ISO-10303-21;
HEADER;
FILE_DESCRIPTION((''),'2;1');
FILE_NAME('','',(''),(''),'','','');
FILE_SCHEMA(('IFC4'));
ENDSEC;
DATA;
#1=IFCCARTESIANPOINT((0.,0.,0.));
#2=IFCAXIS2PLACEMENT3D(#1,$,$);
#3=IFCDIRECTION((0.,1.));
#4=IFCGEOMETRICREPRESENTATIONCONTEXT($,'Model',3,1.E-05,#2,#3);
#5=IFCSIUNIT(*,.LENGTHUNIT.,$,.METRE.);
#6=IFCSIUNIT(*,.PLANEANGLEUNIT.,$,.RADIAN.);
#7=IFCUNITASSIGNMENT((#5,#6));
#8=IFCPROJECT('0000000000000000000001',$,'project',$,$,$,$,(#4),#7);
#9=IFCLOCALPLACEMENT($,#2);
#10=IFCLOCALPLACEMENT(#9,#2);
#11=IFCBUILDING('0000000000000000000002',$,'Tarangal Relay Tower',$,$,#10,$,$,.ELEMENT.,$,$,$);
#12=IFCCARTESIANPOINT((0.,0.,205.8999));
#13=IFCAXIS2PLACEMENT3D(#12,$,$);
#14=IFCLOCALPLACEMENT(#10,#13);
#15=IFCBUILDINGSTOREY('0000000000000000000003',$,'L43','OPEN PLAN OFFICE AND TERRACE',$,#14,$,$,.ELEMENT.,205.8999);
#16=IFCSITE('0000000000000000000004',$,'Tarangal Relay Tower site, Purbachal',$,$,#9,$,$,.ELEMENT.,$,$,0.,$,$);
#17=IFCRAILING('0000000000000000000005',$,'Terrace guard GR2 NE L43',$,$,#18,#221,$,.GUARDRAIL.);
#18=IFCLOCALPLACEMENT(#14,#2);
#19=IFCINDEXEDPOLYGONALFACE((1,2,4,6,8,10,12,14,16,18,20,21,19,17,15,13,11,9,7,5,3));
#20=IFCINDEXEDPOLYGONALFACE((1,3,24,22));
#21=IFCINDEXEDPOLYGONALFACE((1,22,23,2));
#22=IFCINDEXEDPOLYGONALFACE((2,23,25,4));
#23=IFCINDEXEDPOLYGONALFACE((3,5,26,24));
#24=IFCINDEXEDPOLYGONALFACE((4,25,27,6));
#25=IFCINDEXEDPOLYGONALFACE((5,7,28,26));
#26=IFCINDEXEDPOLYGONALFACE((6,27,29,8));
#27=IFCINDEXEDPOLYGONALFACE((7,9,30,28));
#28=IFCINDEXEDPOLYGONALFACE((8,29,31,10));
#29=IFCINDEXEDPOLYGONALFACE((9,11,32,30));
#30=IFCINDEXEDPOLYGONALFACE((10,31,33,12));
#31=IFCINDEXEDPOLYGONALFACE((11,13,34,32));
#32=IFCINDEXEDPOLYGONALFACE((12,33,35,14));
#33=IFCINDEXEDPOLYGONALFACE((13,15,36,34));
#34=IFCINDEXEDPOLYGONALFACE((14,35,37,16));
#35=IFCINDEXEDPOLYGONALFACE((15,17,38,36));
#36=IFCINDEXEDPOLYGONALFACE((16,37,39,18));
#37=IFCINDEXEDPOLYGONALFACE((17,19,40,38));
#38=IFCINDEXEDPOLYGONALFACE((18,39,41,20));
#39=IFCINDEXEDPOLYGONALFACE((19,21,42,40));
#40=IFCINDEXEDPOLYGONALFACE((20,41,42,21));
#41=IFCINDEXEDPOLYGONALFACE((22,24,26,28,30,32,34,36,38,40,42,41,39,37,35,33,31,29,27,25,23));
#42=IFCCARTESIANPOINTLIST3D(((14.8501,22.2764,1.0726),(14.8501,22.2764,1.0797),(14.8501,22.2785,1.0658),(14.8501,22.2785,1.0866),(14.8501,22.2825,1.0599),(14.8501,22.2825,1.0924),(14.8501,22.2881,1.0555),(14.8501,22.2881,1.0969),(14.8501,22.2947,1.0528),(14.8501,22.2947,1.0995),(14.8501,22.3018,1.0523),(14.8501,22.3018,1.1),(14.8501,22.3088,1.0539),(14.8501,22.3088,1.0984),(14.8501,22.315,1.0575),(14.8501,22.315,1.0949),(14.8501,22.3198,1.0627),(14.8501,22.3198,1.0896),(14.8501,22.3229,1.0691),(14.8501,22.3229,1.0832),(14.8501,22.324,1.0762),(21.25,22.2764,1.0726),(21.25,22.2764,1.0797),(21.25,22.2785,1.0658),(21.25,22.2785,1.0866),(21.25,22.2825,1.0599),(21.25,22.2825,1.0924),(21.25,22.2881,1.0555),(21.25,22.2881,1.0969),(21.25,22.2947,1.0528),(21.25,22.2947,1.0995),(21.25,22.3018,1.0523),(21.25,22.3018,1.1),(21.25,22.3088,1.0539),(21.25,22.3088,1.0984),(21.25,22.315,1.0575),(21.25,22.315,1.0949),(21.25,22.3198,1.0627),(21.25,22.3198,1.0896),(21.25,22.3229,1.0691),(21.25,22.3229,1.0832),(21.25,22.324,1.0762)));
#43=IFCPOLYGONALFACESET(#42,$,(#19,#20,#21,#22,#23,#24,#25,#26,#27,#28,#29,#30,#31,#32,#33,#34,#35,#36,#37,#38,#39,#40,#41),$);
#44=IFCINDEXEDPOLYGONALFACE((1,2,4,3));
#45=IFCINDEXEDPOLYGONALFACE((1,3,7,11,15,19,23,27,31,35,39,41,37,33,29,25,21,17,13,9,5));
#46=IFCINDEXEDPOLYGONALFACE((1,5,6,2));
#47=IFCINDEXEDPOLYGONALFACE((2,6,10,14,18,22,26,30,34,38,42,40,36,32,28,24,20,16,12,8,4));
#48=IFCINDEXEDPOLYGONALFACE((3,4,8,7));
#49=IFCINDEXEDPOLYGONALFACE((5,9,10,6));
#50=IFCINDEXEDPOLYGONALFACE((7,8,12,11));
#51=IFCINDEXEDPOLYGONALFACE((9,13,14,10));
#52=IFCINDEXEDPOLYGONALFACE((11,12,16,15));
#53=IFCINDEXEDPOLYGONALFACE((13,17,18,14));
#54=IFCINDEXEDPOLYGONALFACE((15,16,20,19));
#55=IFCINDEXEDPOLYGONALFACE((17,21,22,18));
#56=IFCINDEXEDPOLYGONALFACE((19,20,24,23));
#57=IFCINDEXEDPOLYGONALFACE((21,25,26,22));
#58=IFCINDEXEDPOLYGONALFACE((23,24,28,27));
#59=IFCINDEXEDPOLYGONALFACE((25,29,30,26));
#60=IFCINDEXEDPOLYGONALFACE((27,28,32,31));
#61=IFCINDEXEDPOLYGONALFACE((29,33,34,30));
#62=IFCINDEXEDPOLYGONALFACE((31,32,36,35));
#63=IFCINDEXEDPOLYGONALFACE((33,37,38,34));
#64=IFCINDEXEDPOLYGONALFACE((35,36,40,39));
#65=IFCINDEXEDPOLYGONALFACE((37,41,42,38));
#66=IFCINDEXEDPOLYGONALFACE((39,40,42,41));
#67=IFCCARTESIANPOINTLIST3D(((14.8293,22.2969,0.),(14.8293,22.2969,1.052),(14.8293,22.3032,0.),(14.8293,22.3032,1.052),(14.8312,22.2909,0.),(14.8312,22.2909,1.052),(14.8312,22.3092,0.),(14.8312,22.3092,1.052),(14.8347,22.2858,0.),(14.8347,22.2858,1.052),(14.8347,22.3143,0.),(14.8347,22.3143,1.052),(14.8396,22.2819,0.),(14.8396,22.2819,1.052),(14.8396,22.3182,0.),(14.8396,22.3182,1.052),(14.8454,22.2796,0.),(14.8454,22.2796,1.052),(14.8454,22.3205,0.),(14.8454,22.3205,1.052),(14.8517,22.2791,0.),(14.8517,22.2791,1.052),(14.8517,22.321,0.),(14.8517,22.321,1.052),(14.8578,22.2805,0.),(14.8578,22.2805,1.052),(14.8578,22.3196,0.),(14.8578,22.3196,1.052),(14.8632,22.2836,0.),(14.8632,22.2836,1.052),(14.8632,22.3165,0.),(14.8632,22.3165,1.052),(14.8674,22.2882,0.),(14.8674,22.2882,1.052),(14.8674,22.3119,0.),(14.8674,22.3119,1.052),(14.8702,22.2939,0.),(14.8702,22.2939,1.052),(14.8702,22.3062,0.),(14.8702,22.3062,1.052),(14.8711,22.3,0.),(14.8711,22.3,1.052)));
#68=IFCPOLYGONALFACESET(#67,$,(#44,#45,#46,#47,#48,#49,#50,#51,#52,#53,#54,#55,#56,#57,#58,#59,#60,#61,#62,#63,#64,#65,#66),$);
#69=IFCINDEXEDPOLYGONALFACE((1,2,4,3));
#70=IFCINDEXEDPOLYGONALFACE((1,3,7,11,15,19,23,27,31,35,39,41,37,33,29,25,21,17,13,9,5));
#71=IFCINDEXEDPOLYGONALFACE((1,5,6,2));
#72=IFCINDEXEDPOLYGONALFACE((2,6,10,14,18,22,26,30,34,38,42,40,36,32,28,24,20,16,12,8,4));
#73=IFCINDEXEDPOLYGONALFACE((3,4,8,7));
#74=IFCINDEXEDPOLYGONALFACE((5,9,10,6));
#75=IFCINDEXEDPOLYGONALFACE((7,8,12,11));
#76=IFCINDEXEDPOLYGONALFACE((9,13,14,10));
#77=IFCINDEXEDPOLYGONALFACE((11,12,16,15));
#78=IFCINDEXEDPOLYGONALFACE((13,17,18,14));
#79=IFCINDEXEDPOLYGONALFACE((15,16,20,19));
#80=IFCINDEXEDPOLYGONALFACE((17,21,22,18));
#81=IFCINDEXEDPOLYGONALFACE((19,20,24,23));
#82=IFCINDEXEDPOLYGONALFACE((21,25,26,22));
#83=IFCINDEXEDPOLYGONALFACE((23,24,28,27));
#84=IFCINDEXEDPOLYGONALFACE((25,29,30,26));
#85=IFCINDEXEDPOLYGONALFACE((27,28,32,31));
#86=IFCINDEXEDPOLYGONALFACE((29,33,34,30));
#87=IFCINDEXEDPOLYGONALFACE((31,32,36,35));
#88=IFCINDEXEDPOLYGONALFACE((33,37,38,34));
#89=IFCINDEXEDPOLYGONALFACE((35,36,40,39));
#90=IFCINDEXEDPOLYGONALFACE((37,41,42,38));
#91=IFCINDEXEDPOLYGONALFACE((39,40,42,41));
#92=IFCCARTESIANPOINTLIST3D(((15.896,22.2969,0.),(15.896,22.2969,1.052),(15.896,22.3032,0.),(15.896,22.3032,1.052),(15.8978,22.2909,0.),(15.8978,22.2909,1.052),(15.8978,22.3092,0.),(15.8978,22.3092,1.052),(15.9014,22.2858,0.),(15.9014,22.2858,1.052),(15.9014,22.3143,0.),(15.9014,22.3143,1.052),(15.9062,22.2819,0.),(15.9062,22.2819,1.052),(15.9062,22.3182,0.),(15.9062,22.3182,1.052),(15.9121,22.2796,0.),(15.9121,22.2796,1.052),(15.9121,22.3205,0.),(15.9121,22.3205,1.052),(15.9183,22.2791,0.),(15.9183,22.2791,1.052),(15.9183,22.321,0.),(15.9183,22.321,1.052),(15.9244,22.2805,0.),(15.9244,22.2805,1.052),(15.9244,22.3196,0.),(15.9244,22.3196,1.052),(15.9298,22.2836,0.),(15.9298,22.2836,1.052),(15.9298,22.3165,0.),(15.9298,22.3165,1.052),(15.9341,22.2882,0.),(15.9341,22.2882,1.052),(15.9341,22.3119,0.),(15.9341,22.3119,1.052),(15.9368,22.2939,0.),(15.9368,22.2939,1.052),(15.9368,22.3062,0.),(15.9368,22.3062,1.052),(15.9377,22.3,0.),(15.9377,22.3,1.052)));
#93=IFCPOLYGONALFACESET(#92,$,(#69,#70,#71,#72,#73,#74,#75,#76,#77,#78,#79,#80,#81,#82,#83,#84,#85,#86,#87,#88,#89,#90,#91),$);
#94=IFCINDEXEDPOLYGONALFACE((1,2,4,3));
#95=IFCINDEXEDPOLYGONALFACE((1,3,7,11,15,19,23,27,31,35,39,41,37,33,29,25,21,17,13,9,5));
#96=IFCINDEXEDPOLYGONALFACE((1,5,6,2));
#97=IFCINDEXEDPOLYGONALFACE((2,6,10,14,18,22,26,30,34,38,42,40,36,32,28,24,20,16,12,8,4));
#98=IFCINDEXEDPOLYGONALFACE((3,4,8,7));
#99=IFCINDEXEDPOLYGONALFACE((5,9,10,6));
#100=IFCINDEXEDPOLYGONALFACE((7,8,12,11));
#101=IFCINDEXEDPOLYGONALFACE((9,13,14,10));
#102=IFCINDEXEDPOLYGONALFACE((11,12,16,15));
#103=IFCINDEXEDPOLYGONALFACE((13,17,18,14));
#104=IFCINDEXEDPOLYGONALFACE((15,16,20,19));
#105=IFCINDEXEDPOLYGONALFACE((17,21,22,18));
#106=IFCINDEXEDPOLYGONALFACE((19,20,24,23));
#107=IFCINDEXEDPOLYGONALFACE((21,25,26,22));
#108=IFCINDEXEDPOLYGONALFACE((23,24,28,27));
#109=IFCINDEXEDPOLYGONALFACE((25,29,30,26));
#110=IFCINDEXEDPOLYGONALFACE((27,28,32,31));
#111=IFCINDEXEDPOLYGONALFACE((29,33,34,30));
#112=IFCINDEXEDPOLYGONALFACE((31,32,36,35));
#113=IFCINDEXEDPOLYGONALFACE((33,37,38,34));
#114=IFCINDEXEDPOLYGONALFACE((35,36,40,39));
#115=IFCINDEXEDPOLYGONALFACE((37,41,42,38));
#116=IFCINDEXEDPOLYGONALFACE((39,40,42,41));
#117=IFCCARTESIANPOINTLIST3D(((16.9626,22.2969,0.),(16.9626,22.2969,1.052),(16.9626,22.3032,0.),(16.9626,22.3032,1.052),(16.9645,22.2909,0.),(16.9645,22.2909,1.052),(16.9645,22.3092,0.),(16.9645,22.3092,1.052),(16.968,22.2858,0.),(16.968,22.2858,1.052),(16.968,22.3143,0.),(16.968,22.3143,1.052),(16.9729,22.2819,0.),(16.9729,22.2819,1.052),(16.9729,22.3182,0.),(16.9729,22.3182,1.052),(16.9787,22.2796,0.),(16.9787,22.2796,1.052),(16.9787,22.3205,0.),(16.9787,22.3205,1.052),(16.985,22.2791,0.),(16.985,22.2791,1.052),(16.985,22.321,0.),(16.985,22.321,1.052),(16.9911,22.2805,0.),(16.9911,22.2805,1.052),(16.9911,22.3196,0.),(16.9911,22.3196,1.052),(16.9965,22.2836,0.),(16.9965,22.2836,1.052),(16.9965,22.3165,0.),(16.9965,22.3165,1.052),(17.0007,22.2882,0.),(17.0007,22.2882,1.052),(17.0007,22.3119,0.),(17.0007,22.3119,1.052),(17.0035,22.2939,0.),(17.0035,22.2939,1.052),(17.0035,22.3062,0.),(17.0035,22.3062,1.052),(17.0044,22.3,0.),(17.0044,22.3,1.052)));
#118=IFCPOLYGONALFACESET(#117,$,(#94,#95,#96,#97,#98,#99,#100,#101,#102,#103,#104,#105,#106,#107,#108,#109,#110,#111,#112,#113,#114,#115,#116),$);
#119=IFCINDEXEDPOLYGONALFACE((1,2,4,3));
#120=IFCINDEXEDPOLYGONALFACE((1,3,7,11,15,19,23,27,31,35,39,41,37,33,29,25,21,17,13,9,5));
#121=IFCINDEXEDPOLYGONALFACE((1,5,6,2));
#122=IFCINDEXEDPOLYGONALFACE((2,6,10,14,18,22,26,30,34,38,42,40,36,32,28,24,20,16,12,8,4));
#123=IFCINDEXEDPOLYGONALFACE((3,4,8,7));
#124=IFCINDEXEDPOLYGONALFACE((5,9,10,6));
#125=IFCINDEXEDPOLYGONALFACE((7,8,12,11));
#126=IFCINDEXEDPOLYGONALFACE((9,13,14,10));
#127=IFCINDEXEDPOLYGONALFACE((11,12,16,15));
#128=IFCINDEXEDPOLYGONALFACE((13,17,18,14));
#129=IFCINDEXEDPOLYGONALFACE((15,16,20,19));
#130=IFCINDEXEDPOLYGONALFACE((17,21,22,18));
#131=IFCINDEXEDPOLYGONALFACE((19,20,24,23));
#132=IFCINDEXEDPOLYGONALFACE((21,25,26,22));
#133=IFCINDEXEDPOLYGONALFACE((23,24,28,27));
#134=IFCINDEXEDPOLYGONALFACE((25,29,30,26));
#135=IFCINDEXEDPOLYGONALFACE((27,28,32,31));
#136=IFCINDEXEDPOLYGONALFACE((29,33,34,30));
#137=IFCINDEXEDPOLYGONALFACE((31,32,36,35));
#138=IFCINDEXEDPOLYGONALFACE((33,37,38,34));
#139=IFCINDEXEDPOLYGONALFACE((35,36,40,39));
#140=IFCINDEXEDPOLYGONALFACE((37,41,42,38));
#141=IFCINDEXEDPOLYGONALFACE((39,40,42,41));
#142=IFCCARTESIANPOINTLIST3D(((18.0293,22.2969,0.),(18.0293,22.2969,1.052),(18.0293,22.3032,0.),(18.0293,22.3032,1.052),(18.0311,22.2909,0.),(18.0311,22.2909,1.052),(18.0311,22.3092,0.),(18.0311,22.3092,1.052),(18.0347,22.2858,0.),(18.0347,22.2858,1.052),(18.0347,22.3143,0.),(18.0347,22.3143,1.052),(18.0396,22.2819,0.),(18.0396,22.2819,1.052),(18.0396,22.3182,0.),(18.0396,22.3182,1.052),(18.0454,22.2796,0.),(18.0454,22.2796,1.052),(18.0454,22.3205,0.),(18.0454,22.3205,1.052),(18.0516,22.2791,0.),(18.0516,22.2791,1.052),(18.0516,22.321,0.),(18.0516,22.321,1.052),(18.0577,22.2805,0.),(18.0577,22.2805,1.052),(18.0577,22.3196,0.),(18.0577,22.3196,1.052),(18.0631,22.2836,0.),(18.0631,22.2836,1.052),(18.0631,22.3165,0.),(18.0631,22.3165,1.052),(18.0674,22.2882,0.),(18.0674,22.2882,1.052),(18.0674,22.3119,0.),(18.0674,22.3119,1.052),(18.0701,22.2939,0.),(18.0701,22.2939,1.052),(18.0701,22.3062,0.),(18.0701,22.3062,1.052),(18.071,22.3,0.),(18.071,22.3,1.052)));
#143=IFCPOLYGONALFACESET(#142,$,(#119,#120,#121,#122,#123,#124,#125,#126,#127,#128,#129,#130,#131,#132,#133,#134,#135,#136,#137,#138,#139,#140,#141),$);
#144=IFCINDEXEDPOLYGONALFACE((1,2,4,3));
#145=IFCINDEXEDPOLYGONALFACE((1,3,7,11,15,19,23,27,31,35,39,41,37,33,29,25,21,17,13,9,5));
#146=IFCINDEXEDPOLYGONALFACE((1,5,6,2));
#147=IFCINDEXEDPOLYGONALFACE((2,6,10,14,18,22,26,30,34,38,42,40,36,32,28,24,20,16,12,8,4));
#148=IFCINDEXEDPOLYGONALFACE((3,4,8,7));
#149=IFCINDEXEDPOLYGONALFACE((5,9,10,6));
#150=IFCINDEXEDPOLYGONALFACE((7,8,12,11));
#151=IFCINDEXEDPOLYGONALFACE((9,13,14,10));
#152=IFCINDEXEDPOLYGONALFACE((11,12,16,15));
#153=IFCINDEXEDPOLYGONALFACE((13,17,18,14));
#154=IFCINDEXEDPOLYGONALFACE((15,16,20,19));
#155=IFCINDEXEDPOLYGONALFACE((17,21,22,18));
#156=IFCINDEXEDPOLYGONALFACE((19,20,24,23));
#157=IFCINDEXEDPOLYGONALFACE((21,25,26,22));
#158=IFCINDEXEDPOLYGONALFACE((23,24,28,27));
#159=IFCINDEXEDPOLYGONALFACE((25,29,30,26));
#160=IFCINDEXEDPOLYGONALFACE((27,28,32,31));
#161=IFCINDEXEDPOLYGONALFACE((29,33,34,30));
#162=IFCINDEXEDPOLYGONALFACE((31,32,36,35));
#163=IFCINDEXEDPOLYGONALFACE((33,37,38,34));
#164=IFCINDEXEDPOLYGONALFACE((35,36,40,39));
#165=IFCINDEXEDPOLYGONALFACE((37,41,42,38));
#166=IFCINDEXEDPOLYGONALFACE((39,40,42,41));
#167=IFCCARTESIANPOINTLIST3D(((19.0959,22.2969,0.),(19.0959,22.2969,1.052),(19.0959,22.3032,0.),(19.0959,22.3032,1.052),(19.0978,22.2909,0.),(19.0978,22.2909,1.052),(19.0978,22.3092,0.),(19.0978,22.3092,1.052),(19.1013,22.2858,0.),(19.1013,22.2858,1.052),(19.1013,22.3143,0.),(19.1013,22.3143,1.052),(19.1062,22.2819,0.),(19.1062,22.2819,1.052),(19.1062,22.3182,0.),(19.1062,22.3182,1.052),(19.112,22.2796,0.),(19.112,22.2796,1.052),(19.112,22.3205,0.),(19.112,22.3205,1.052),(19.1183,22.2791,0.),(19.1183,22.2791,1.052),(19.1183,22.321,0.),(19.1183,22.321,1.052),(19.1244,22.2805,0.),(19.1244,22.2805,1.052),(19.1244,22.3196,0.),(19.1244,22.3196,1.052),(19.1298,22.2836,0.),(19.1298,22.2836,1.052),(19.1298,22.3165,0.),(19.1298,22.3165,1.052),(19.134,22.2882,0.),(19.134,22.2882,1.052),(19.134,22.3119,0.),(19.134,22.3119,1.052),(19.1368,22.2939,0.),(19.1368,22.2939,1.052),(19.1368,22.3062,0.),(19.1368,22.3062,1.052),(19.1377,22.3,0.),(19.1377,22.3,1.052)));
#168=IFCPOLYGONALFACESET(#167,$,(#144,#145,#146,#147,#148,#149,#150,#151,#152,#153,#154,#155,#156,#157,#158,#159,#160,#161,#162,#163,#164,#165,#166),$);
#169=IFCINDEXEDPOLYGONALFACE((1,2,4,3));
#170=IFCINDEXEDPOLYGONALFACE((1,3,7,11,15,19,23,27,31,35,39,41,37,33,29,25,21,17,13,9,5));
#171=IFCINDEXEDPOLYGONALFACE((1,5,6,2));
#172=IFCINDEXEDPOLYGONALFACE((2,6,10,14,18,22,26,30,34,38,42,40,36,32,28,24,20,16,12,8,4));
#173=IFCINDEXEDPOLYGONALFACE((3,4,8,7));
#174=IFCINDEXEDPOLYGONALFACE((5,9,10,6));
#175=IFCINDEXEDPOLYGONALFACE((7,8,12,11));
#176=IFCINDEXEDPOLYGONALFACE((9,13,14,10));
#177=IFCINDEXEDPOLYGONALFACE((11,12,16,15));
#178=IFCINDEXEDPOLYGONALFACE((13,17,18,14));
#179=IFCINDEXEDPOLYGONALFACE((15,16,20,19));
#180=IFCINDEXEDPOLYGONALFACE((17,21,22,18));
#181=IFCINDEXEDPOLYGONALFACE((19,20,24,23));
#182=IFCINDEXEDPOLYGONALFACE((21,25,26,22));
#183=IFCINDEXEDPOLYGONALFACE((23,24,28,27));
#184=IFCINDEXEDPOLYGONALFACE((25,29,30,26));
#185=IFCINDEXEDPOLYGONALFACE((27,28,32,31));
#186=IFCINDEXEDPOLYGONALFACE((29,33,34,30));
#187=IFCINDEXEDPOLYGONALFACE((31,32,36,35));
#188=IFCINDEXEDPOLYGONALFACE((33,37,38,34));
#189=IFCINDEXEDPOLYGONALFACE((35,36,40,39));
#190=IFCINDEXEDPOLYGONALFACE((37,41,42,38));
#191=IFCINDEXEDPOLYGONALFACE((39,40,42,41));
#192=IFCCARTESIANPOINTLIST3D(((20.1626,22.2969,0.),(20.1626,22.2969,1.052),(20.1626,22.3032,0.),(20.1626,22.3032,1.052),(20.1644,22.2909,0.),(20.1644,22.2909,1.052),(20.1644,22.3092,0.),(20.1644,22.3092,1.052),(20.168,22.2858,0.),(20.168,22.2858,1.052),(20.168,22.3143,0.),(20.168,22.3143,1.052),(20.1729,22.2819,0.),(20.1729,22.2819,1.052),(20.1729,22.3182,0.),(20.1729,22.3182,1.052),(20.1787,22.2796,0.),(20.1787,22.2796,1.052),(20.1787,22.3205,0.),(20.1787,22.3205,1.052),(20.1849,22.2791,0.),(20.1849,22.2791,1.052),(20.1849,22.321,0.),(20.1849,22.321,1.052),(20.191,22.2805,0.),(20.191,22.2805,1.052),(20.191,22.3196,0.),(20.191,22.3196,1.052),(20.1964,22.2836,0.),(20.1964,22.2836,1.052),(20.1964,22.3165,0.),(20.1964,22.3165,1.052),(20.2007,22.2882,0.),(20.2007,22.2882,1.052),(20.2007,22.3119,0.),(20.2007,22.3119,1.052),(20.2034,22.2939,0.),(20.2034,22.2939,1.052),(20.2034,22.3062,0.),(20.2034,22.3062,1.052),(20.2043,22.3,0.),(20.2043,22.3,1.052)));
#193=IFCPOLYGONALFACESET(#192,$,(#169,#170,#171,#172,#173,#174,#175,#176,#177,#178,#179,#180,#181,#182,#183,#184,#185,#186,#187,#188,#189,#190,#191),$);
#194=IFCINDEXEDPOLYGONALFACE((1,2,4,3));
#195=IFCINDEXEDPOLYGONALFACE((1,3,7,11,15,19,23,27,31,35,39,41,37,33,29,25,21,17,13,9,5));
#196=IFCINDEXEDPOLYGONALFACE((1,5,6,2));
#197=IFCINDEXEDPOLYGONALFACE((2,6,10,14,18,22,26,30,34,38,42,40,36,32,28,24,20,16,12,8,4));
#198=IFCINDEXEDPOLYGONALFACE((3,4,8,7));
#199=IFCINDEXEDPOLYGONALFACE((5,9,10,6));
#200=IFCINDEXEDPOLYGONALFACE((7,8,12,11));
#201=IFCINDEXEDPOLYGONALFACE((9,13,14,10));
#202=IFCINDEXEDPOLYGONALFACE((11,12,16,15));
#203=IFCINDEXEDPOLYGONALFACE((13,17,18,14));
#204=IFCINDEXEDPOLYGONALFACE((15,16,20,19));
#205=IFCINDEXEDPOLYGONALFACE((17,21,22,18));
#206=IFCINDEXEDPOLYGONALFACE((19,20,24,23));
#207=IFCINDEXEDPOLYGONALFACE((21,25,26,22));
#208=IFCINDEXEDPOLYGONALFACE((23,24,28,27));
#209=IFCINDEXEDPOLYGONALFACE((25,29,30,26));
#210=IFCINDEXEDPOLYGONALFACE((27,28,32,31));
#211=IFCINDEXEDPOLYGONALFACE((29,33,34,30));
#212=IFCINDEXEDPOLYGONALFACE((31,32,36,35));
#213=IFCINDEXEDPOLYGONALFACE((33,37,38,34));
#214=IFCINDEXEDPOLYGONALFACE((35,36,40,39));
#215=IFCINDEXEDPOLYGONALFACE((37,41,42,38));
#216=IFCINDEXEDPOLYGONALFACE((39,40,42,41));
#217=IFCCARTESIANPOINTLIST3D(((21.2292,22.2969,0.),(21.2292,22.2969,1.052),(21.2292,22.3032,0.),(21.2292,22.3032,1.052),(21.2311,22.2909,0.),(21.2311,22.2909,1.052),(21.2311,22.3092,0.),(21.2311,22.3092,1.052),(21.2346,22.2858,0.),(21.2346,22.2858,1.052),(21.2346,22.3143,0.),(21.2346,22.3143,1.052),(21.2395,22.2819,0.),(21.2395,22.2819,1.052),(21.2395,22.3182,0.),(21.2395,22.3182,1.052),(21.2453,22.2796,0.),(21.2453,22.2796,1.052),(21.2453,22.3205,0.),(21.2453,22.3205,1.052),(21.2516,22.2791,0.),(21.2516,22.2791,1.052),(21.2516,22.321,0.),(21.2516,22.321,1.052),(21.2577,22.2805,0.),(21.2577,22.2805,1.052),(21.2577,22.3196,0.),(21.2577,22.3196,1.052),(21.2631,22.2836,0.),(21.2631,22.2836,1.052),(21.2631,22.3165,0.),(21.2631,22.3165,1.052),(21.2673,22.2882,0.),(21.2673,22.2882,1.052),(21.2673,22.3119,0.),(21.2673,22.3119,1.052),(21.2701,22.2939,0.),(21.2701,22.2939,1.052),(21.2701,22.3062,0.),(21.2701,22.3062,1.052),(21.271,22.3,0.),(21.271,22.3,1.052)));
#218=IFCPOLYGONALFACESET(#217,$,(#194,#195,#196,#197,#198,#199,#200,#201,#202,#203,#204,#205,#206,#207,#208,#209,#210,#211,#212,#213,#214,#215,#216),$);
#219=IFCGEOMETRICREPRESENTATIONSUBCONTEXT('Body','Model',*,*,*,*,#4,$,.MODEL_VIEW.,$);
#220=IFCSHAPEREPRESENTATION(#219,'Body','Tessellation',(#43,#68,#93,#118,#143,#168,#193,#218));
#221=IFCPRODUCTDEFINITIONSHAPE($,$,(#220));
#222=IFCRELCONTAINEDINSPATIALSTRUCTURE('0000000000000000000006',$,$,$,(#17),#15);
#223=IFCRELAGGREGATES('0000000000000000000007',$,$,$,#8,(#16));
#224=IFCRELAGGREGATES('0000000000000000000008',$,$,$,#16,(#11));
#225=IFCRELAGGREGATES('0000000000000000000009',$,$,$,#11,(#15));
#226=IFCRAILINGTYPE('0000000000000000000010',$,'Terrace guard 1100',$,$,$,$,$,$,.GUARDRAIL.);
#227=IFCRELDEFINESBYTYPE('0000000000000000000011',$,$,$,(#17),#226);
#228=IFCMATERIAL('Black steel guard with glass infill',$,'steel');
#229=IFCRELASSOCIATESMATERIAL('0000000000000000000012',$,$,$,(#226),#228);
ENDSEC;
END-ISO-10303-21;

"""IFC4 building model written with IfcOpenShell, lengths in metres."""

from ifc_helpers import new_model, si_unit, direction, frame, origin, origin_2d, place, context, subcontext, project, spatial, circle, extrude, material, type_object, element, save


model = new_model("IFC4")

# Units and contexts
model_context = context("Model", 3, precision=1e-05, world=origin(), true_north=direction((0.0, 1.0)))
body_context = subcontext(model_context, "Body", "Model", "MODEL_VIEW")
ifc_project = project(units=[si_unit("LENGTHUNIT", "METRE"), si_unit("PLANEANGLEUNIT", "RADIAN")], contexts=[model_context])

# Site, building, storey
site_placement = place(None, origin())
site = spatial("IfcSite", under=ifc_project, at=site_placement, Name="Tarangal Relay Tower site, Purbachal", CompositionType="ELEMENT", RefElevation=0.0)
building_placement = place(site_placement, origin())
building = spatial("IfcBuilding", under=site, at=building_placement, Name="Tarangal Relay Tower", CompositionType="ELEMENT")
storey_placement = place(building_placement, frame((0.0, 0.0, 205.8999)))
storey = spatial("IfcBuildingStorey", under=building, at=storey_placement, Name="L43", Description="OPEN PLAN OFFICE AND TERRACE", CompositionType="ELEMENT", Elevation=205.8999)

# Railing
ifc_material_1 = material(Name="Black steel guard with glass infill", Category="steel")
railing_type = type_object("IfcRailingType", Name="Terrace guard 1100", PredefinedType="GUARDRAIL", material=ifc_material_1)
railing_1_placement = place(storey_placement, frame((14.8501, 22.3, 0.0)))
element("IfcRailing", 1, at=railing_1_placement, inside=storey, type_object=railing_type, Name="Terrace guard GR2 NE L43", PredefinedType="GUARDRAIL", context=body_context, shape_type="SweptSolid", body=[
    extrude(circle(Radius=0.0239, at=origin_2d()), frame((0.0, 0.0, 1.0762), z_axis=(1.0, 0.0, 0.0), x_axis=(0.0, 1.0, 0.0)), (0.0, 0.0, 1.0), 6.3999),
    extrude(circle(Radius=0.021, at=origin_2d()), origin(), (0.0, 0.0, 1.0), 1.052),
    extrude(circle(Radius=0.021, at=origin_2d()), frame((1.0667, 0.0, 0.0)), (0.0, 0.0, 1.0), 1.052),
    extrude(circle(Radius=0.021, at=origin_2d()), frame((2.1333, 0.0, 0.0)), (0.0, 0.0, 1.0), 1.052),
    extrude(circle(Radius=0.021, at=origin_2d()), frame((3.2, 0.0, 0.0)), (0.0, 0.0, 1.0), 1.052),
    extrude(circle(Radius=0.021, at=origin_2d()), frame((4.2666, 0.0, 0.0)), (0.0, 0.0, 1.0), 1.052),
    extrude(circle(Radius=0.021, at=origin_2d()), frame((5.3333, 0.0, 0.0)), (0.0, 0.0, 1.0), 1.052),
    extrude(circle(Radius=0.021, at=origin_2d()), frame((6.3999, 0.0, 0.0)), (0.0, 0.0, 1.0), 1.052),
])

save(model, "model.ifc")
